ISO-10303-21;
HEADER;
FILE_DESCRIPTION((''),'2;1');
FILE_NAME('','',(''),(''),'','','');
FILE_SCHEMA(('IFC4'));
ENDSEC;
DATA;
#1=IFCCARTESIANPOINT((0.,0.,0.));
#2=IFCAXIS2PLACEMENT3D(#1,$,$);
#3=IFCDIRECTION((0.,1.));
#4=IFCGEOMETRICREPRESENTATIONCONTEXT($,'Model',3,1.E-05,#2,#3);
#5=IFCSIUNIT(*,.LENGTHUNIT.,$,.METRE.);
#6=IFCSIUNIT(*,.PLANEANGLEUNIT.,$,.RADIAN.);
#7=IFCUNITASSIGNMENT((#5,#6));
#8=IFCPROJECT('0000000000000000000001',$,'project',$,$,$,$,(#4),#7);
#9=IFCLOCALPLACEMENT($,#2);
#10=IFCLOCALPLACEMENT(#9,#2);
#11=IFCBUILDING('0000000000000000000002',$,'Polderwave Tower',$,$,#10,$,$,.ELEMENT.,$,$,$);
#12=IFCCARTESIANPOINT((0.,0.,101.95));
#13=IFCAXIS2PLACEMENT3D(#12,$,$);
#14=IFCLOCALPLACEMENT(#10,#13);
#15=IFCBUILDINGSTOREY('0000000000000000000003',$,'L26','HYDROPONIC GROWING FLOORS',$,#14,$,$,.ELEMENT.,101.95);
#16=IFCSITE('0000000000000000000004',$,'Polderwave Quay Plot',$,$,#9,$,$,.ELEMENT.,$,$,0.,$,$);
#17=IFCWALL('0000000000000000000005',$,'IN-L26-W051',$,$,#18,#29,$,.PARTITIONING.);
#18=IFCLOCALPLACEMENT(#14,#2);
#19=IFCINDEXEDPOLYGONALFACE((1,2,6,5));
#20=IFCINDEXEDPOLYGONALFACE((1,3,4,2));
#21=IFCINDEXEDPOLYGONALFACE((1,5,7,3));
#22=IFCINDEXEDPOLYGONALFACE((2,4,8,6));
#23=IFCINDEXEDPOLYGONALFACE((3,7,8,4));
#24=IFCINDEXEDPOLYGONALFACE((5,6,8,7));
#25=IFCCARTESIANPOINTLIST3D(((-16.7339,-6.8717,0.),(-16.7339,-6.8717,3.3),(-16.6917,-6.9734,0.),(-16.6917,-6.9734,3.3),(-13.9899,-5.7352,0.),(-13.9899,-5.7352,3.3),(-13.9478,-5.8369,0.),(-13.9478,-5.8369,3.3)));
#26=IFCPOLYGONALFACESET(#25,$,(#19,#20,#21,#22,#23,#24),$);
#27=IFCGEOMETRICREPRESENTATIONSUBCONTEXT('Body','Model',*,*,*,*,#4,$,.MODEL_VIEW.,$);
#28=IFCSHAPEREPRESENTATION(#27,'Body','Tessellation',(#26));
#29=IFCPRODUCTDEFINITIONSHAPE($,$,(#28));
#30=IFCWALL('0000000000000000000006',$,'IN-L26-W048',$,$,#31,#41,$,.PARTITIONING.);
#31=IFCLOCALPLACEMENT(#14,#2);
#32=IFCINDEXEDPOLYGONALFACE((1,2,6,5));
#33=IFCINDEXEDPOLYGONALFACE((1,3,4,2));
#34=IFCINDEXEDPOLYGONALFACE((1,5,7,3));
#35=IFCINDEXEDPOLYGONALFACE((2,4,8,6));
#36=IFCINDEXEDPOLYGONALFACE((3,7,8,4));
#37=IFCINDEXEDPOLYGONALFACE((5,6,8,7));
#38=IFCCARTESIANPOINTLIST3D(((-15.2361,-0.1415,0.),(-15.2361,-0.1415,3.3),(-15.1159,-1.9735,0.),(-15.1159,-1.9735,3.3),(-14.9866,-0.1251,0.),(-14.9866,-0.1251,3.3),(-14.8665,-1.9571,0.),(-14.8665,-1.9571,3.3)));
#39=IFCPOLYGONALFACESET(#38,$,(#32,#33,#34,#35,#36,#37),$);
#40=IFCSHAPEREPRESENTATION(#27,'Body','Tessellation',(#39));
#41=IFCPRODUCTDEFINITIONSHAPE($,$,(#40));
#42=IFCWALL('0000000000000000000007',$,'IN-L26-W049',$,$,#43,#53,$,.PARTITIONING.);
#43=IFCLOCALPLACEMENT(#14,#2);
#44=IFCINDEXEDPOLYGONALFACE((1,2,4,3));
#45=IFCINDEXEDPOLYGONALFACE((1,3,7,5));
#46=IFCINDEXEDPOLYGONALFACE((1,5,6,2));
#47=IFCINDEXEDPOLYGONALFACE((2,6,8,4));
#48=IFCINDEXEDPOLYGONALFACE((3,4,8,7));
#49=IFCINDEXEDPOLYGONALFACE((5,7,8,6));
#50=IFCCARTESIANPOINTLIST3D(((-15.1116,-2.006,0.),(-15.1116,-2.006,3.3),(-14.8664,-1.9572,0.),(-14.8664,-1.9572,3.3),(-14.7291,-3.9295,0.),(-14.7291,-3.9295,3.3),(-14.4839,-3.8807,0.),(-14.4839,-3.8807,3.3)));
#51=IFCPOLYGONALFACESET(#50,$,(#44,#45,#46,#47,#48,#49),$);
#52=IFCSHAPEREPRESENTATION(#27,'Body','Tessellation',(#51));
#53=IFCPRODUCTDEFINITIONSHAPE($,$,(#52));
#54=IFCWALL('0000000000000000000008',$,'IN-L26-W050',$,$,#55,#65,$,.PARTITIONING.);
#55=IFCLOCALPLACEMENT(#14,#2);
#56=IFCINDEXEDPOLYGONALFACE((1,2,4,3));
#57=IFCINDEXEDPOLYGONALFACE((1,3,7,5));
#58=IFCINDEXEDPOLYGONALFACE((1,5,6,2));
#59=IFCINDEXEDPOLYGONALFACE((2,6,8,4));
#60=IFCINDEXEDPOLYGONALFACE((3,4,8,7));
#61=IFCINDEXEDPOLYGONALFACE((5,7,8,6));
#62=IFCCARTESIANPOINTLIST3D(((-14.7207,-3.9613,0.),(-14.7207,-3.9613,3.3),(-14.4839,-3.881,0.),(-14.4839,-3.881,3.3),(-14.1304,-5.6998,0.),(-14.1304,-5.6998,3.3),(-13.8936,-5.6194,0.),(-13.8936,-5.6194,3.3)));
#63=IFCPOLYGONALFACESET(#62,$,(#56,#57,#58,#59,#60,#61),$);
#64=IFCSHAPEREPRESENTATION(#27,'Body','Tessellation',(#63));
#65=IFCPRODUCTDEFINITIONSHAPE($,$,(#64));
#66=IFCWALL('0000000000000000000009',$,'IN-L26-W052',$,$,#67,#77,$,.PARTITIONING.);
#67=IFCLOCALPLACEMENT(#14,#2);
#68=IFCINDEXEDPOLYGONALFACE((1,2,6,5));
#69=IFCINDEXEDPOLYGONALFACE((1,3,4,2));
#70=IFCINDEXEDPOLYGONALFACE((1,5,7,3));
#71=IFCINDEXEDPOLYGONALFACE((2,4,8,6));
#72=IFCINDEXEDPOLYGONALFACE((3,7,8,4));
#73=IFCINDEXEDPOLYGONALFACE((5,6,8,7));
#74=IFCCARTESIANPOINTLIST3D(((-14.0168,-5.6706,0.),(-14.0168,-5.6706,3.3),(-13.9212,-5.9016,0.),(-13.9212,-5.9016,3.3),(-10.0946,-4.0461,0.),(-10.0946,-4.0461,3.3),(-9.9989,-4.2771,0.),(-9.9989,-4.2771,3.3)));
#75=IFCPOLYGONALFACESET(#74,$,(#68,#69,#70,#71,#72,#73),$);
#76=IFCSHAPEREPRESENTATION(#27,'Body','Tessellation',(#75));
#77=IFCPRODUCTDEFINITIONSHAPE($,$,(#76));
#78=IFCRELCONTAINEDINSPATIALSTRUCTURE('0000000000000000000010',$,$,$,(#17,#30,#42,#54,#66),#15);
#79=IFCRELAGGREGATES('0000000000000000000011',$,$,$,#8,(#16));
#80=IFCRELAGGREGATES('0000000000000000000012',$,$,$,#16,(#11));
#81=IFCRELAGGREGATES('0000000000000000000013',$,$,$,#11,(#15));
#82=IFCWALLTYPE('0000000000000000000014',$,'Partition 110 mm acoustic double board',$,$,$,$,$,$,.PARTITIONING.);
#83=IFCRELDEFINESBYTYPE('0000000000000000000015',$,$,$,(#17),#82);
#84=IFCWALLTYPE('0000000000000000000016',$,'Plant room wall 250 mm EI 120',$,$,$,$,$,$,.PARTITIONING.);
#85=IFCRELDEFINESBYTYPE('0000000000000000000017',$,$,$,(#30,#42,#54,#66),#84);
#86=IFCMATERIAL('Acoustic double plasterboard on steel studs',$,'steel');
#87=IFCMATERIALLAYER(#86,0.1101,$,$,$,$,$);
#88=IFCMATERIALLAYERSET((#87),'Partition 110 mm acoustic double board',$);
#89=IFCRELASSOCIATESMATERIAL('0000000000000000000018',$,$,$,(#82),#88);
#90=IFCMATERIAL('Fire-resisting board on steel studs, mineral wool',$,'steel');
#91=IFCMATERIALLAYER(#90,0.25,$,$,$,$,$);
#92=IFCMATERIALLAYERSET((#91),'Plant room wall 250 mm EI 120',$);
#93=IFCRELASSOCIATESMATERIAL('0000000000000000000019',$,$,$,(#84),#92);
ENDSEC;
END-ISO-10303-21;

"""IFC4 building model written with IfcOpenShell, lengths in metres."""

from ifc_helpers import new_model, si_unit, direction, frame, frame_2d, origin, place, context, subcontext, project, spatial, rectangle, extrude, material, layer, layer_set, type_object, element, save


model = new_model("IFC4")

# Units and contexts
model_context = context("Model", 3, precision=1e-05, world=origin(), true_north=direction((0.0, 1.0)))
body_context = subcontext(model_context, "Body", "Model", "MODEL_VIEW")
ifc_project = project(units=[si_unit("LENGTHUNIT", "METRE"), si_unit("PLANEANGLEUNIT", "RADIAN")], contexts=[model_context])

# Site, building, storey
site_placement = place(None, origin())
site = spatial("IfcSite", under=ifc_project, at=site_placement, Name="Polderwave Quay Plot", CompositionType="ELEMENT", RefElevation=0.0)
building_placement = place(site_placement, origin())
building = spatial("IfcBuilding", under=site, at=building_placement, Name="Polderwave Tower", CompositionType="ELEMENT")
storey_placement = place(building_placement, frame((0.0, 0.0, 101.95)))
storey = spatial("IfcBuildingStorey", under=building, at=storey_placement, Name="L26", Description="HYDROPONIC GROWING FLOORS", CompositionType="ELEMENT", Elevation=101.95)

# Walls
ifc_material_1 = material(Name="Acoustic double plasterboard on steel studs", Category="steel")
ifc_layer_1 = layer(ifc_material_1, 0.1101)
ifc_layer_set_1 = layer_set([ifc_layer_1], Name="Partition 110 mm acoustic double board")
wall_type_1 = type_object("IfcWallType", Name="Partition 110 mm acoustic double board", PredefinedType="PARTITIONING", material=ifc_layer_set_1)
wall_1_placement = place(storey_placement, frame((-13.969, -5.7861, 0.0), z_axis=(0.0, 0.0, 1.0), x_axis=(-0.92389, -0.382659, 0.0)))
element("IfcWall", 1, at=wall_1_placement, inside=storey, type_object=wall_type_1, Name="IN-L26-W051", PredefinedType="PARTITIONING", context=body_context, shape_type="SweptSolid", body=[
    extrude(rectangle(XDim=2.97, YDim=0.1101, at=frame_2d((1.4849, 0.0))), origin(), (0.0, 0.0, 1.0), 3.3),
])
ifc_material_2 = material(Name="Fire-resisting board on steel studs, mineral wool", Category="steel")
ifc_layer_2 = layer(ifc_material_2, 0.25)
ifc_layer_set_2 = layer_set([ifc_layer_2], Name="Plant room wall 250 mm EI 120")
wall_type_2 = type_object("IfcWallType", Name="Plant room wall 250 mm EI 120", PredefinedType="PARTITIONING", material=ifc_layer_set_2)
wall_2_placement = place(storey_placement, frame((-15.1113, -0.1333, 0.0), z_axis=(0.0, 0.0, 1.0), x_axis=(0.065425, -0.997858, 0.0)))
element("IfcWall", 2, at=wall_2_placement, inside=storey, type_object=wall_type_2, Name="IN-L26-W048", PredefinedType="PARTITIONING", context=body_context, shape_type="SweptSolid", body=[
    extrude(rectangle(XDim=1.8359, YDim=0.25, at=frame_2d((0.918, 0.0))), origin(), (0.0, 0.0, 1.0), 3.3),
])
wall_3_placement = place(storey_placement, frame((-14.989, -1.9817, 0.0), z_axis=(0.0, 0.0, 1.0), x_axis=(0.195063, -0.980791, 0.0)))
element("IfcWall", 3, at=wall_3_placement, inside=storey, type_object=wall_type_2, Name="IN-L26-W049", PredefinedType="PARTITIONING", context=body_context, shape_type="SweptSolid", body=[
    extrude(rectangle(XDim=1.9612, YDim=0.25, at=frame_2d((0.9805, 0.0))), origin(), (0.0, 0.0, 1.0), 3.3),
])
wall_4_placement = place(storey_placement, frame((-14.6023, -3.9211, 0.0), z_axis=(0.0, 0.0, 1.0), x_axis=(0.321528, -0.9469, 0.0)))
element("IfcWall", 4, at=wall_4_placement, inside=storey, type_object=wall_type_2, Name="IN-L26-W050", PredefinedType="PARTITIONING", context=body_context, shape_type="SweptSolid", body=[
    extrude(rectangle(XDim=1.8359, YDim=0.25, at=frame_2d((0.918, 0.0))), origin(), (0.0, 0.0, 1.0), 3.3),
])
wall_5_placement = place(storey_placement, frame((-10.0469, -4.1616, 0.0), z_axis=(0.0, 0.0, 1.0), x_axis=(-0.923886, -0.382667, 0.0)))
element("IfcWall", 5, at=wall_5_placement, inside=storey, type_object=wall_type_2, Name="IN-L26-W052", PredefinedType="PARTITIONING", context=body_context, shape_type="SweptSolid", body=[
    extrude(rectangle(XDim=4.2454, YDim=0.25, at=frame_2d((2.1226, 0.0))), origin(), (0.0, 0.0, 1.0), 3.3),
])

save(model, "model.ifc")
